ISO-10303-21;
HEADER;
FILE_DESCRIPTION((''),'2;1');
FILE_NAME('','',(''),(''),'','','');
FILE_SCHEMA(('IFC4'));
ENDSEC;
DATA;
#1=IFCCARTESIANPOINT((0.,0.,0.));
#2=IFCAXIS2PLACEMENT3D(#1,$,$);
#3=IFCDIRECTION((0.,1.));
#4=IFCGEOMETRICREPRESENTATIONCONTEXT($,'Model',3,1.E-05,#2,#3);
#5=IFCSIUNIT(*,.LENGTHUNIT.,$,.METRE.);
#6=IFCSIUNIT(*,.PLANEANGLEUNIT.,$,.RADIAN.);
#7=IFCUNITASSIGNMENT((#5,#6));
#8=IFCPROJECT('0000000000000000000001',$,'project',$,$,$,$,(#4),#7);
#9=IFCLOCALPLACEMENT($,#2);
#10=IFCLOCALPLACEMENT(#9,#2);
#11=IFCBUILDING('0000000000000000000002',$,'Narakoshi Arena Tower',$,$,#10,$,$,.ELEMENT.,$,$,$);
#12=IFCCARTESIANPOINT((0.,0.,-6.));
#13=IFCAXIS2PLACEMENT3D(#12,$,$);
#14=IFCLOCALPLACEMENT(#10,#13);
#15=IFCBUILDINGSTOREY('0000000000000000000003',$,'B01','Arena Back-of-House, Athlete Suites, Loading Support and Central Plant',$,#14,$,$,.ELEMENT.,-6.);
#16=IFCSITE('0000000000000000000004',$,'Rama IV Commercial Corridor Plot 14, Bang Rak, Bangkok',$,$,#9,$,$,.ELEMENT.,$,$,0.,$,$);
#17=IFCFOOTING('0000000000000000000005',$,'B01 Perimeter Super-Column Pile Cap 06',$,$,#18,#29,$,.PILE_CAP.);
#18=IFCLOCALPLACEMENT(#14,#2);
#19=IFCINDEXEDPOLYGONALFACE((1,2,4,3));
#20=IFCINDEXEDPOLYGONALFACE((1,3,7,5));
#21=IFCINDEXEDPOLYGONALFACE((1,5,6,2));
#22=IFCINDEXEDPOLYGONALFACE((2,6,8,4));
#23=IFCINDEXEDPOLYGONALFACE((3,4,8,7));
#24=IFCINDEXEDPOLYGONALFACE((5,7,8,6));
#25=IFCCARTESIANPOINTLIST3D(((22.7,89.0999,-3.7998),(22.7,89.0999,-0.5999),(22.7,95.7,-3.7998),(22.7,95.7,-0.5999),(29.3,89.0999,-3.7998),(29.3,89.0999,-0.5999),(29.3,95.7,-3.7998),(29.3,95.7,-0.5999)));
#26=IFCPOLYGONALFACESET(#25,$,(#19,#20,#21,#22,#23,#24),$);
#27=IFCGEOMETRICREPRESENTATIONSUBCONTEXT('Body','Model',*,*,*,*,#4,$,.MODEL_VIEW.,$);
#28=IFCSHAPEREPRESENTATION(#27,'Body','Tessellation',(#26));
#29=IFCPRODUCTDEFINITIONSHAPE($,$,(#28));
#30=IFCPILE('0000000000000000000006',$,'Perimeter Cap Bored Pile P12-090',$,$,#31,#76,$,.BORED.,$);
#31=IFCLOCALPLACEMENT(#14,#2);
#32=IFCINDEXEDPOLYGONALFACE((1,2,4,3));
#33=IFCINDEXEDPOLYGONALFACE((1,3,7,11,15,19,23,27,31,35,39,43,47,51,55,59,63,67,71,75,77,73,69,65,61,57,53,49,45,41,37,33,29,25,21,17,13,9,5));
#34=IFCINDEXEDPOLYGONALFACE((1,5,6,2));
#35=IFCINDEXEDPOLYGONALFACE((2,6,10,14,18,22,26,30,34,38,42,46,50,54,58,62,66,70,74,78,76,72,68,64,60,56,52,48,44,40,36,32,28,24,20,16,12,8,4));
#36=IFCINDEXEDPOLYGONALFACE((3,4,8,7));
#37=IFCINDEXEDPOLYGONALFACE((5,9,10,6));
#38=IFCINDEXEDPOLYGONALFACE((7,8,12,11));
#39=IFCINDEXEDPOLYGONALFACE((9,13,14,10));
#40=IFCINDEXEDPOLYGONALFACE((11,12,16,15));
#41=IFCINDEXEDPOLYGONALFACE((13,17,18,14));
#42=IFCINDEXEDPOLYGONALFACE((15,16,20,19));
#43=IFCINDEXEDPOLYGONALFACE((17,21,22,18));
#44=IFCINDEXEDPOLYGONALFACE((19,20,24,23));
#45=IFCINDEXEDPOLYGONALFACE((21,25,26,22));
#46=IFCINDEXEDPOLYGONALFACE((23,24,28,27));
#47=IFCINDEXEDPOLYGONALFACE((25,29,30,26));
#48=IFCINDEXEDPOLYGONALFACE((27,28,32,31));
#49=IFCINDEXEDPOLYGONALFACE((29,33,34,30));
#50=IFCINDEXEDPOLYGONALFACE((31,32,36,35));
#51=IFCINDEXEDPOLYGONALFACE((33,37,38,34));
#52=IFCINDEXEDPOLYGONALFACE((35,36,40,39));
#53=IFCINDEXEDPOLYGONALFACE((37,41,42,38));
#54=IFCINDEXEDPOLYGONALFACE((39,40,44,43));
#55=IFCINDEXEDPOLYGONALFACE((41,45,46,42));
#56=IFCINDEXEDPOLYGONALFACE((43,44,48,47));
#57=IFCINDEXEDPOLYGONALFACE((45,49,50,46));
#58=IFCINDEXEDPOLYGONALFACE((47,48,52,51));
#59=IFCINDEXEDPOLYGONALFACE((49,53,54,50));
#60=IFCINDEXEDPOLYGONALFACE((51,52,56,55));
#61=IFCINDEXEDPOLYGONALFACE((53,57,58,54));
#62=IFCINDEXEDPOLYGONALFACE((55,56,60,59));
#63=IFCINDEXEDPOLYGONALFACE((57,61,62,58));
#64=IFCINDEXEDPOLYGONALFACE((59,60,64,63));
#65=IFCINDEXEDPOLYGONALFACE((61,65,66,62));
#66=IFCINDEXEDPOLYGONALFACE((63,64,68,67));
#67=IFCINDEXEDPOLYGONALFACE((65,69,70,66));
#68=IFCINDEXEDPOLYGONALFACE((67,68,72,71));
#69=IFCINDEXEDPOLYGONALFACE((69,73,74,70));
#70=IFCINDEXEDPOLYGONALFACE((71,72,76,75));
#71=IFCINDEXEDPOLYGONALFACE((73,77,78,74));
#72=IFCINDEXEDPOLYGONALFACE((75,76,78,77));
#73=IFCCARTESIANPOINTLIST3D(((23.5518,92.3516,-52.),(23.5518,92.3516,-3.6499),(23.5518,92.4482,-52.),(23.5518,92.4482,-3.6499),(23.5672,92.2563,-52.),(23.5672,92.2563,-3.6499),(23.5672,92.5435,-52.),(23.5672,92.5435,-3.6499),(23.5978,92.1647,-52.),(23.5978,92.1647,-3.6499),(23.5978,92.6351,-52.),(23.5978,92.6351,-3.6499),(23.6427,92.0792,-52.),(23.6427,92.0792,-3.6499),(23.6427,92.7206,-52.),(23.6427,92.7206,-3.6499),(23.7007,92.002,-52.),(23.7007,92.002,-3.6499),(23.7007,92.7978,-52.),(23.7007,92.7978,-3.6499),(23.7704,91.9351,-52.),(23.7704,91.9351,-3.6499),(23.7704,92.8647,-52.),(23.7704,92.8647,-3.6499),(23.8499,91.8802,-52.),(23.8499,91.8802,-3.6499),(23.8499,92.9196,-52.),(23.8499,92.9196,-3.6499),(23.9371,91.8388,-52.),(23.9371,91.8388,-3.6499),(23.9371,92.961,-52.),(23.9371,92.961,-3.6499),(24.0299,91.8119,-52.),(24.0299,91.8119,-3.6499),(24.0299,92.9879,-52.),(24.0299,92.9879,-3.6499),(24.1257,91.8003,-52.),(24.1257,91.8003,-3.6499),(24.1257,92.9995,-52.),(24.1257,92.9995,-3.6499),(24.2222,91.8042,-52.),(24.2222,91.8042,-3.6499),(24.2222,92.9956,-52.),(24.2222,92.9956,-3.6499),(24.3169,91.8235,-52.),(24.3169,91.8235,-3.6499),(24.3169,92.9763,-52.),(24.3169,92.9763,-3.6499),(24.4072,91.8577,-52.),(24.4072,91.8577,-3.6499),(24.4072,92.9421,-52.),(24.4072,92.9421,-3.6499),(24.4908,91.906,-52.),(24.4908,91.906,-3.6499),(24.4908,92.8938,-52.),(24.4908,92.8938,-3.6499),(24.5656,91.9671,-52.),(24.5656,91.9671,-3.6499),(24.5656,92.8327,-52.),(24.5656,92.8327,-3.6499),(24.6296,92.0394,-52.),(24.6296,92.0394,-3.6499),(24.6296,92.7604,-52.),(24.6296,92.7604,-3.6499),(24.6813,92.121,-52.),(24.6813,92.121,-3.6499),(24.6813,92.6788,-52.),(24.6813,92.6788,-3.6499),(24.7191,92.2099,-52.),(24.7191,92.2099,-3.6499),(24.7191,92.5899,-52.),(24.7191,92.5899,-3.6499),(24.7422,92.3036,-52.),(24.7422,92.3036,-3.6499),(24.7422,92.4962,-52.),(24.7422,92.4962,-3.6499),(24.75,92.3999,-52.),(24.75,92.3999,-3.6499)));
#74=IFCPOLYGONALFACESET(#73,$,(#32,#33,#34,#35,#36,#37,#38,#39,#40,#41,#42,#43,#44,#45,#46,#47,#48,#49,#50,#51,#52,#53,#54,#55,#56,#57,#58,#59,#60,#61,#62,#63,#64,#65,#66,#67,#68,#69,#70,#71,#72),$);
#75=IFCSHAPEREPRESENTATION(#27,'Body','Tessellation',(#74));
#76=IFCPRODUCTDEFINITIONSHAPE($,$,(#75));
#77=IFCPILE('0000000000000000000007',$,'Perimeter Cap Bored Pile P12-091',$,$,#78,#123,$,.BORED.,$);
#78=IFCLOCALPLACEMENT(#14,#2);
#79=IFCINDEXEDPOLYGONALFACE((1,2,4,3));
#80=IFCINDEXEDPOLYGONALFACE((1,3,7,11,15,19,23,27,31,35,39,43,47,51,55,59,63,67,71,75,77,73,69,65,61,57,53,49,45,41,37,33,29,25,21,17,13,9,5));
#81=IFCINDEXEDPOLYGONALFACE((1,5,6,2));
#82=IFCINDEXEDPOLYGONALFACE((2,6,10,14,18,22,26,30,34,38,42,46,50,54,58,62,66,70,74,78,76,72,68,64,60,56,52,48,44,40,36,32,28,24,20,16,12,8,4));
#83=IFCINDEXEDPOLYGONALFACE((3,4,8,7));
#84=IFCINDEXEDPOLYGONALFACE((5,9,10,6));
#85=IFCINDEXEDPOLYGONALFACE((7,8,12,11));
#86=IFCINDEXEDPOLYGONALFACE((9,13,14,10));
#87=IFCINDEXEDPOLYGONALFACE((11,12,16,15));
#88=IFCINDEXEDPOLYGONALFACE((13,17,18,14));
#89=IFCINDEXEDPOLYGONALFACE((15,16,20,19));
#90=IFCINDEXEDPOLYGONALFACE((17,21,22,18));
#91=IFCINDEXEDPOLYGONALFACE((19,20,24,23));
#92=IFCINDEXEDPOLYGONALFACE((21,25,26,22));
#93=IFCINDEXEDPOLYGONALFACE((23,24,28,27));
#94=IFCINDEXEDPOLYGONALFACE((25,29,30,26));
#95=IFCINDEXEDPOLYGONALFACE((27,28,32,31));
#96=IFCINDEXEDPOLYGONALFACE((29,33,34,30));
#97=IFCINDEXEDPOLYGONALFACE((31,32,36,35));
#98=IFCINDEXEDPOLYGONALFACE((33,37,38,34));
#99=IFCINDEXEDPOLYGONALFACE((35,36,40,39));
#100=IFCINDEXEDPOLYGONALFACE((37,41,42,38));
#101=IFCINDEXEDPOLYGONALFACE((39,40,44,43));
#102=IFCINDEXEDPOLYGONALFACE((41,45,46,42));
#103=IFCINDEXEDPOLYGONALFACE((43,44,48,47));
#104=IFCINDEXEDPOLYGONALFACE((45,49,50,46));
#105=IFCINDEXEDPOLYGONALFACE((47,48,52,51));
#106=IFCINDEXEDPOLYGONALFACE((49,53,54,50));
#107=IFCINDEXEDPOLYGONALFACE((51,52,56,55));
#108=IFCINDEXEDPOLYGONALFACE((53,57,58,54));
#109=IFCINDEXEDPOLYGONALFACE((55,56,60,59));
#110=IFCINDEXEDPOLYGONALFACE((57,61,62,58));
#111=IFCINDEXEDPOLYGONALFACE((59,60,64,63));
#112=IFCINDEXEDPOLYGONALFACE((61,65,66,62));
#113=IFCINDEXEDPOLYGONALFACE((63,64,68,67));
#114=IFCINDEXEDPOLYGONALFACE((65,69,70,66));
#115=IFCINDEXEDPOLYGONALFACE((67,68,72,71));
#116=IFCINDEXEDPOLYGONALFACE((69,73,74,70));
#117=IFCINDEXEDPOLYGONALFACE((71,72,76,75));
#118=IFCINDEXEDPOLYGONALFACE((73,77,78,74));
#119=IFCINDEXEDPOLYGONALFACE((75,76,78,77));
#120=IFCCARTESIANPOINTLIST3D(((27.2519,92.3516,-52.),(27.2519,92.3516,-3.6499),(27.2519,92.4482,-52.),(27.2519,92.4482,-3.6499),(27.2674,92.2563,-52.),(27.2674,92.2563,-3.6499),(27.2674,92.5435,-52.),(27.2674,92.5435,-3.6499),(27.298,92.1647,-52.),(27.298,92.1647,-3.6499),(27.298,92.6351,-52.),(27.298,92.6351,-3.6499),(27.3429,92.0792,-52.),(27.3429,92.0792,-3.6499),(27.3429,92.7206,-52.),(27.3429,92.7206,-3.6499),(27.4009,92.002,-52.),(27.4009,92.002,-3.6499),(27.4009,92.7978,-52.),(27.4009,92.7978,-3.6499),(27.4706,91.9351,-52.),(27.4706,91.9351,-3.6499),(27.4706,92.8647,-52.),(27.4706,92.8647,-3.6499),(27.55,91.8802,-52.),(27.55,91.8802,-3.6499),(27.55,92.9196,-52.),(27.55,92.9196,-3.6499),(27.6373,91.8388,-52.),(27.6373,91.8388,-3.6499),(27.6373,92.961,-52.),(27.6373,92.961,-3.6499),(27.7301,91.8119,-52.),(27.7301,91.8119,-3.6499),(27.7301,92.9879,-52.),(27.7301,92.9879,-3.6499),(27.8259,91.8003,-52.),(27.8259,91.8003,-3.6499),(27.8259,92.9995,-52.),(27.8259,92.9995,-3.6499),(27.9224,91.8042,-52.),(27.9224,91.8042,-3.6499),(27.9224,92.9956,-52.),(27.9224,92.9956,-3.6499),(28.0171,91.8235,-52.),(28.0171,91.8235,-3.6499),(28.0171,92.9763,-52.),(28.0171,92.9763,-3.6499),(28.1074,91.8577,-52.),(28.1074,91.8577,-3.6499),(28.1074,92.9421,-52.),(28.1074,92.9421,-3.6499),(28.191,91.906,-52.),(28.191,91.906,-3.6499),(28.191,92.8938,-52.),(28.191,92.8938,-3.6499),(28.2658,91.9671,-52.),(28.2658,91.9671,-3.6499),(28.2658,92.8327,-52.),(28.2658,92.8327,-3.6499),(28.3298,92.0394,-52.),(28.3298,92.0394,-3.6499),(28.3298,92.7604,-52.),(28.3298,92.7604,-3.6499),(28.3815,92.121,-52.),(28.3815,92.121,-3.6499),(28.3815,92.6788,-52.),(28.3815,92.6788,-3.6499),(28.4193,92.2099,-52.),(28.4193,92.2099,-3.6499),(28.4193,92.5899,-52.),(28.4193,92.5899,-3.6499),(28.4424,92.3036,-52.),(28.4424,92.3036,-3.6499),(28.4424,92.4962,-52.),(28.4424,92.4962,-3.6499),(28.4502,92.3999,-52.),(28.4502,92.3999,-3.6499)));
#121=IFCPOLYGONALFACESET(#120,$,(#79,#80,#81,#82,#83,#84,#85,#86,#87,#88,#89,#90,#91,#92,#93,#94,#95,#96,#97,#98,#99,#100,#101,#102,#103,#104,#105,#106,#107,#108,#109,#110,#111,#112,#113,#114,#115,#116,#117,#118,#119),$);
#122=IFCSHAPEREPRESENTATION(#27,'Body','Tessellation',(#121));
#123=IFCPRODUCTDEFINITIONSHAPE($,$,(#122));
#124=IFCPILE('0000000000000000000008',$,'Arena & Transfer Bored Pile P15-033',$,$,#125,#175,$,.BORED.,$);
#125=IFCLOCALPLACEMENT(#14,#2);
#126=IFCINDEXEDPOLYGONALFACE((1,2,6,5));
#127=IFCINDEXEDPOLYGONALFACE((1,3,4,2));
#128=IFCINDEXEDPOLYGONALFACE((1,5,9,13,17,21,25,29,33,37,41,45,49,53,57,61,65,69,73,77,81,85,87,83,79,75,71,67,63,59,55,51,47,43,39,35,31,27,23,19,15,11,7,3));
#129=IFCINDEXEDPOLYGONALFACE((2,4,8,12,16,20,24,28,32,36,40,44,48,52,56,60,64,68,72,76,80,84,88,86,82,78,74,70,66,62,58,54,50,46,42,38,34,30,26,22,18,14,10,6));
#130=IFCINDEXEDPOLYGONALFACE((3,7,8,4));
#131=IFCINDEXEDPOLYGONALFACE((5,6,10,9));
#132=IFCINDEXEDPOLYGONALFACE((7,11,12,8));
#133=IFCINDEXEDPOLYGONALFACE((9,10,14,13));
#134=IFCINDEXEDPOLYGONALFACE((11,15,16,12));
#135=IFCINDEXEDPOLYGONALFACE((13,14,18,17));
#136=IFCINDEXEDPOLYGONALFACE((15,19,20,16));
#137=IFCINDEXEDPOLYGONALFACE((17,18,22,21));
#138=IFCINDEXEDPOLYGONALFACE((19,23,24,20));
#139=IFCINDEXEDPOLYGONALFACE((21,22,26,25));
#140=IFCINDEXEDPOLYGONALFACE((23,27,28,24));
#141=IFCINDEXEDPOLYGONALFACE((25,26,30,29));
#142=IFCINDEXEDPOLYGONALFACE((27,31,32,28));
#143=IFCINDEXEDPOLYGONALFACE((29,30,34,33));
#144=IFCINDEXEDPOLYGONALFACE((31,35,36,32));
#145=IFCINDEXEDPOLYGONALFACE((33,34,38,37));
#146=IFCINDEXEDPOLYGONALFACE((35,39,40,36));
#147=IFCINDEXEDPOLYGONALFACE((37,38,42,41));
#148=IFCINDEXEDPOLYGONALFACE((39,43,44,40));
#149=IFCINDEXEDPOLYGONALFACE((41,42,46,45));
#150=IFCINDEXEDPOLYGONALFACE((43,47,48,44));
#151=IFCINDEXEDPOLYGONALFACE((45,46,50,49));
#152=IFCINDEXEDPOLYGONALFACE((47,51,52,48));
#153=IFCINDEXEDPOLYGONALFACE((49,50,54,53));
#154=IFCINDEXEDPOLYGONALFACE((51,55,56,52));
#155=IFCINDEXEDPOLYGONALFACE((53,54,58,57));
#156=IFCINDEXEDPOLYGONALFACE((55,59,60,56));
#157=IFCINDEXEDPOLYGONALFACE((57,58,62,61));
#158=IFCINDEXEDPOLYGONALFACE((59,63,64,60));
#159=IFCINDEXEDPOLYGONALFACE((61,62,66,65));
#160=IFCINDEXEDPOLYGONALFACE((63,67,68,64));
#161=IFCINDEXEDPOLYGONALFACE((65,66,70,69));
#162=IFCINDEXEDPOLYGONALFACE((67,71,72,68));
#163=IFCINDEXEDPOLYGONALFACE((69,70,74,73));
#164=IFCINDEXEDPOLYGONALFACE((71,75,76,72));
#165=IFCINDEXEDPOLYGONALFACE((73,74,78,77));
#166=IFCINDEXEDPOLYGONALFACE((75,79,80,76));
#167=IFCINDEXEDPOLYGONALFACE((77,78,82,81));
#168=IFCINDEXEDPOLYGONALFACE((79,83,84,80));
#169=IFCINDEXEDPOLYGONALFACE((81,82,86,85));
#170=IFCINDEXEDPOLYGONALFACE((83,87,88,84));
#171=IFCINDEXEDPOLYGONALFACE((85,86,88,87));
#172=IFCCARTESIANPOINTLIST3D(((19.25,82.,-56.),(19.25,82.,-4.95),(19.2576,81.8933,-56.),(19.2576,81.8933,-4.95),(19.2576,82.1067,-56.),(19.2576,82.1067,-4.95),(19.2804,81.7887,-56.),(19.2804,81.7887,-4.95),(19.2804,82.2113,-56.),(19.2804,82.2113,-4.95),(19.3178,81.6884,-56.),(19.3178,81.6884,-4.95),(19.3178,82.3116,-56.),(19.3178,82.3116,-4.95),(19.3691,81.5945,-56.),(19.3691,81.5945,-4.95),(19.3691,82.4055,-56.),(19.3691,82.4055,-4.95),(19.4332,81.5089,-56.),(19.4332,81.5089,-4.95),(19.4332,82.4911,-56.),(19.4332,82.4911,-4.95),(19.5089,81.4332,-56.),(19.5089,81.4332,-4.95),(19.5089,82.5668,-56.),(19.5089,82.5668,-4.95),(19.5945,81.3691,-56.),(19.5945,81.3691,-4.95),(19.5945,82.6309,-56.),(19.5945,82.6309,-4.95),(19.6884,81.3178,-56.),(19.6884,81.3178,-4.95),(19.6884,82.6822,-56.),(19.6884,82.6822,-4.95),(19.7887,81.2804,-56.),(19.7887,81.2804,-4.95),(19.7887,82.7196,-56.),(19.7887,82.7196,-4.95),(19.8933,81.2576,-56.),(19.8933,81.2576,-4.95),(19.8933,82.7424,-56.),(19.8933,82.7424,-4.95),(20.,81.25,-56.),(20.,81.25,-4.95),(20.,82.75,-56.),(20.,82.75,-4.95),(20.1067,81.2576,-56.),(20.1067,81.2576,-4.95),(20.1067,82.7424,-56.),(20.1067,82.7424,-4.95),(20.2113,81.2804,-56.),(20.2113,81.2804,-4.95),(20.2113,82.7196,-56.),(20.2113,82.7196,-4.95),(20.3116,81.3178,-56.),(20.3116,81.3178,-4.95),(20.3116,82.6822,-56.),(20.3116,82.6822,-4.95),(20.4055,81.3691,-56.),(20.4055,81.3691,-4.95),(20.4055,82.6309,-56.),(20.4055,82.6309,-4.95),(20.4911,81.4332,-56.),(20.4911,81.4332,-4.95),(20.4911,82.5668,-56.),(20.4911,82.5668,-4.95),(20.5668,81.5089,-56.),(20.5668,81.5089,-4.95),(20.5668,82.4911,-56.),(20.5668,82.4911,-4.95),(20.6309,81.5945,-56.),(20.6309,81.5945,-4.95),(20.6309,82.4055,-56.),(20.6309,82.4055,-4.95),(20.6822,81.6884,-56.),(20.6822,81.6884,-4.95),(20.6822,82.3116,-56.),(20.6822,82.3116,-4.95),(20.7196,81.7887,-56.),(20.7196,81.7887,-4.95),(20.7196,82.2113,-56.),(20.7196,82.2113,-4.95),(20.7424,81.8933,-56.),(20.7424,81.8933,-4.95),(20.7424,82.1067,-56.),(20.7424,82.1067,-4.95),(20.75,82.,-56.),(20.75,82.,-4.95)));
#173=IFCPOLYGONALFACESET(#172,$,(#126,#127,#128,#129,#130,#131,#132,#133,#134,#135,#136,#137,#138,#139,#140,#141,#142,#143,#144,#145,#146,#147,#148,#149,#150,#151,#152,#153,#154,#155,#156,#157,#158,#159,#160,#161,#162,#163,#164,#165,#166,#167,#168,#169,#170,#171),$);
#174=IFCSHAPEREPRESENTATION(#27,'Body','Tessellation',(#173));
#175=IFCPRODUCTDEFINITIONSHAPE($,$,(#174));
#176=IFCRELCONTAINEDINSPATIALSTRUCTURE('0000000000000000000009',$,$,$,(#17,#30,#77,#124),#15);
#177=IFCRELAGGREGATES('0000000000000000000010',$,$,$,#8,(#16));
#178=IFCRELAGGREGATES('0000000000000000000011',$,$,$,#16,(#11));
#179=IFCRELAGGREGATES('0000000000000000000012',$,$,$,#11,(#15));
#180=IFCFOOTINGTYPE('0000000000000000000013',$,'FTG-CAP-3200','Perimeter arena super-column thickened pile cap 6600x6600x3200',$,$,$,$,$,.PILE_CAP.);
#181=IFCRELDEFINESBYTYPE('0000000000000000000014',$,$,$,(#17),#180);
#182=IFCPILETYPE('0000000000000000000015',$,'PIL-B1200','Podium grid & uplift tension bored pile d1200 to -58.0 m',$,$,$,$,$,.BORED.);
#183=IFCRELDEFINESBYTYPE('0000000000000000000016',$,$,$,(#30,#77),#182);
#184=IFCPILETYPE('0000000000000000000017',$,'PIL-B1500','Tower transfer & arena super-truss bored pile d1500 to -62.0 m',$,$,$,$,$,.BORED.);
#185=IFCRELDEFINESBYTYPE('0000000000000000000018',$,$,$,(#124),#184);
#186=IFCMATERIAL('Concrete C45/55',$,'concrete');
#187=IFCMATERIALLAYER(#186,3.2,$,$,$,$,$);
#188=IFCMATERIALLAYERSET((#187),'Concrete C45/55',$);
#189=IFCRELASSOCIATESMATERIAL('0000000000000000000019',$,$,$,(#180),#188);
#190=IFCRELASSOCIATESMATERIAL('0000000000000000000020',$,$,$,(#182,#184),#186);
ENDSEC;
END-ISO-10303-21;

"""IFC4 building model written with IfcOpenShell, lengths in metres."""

from ifc_helpers import new_model, si_unit, direction, frame, origin, origin_2d, place, context, subcontext, project, spatial, rectangle, circle, extrude, material, layer, layer_set, material_profile, profile_set, type_object, element, save


model = new_model("IFC4")

# Units and contexts
model_context = context("Model", 3, precision=1e-05, world=origin(), true_north=direction((0.0, 1.0)))
body_context = subcontext(model_context, "Body", "Model", "MODEL_VIEW")
ifc_project = project(units=[si_unit("LENGTHUNIT", "METRE"), si_unit("PLANEANGLEUNIT", "RADIAN")], contexts=[model_context])

# Site, building, storey
site_placement = place(None, origin())
site = spatial("IfcSite", under=ifc_project, at=site_placement, Name="Rama IV Commercial Corridor Plot 14, Bang Rak, Bangkok", CompositionType="ELEMENT", RefElevation=0.0)
building_placement = place(site_placement, origin())
building = spatial("IfcBuilding", under=site, at=building_placement, Name="Narakoshi Arena Tower", CompositionType="ELEMENT")
storey_placement = place(building_placement, frame((0.0, 0.0, -6.0)))
storey = spatial("IfcBuildingStorey", under=building, at=storey_placement, Name="B01", Description="Arena Back-of-House, Athlete Suites, Loading Support and Central Plant", CompositionType="ELEMENT", Elevation=-6.0)

# Footing
ifc_material_1 = material(Name="Concrete C45/55", Category="concrete")
ifc_layer_1 = layer(ifc_material_1, 3.2)
ifc_layer_set_1 = layer_set([ifc_layer_1], Name="Concrete C45/55")
footing_type = type_object("IfcFootingType", Name="FTG-CAP-3200", Description="Perimeter arena super-column thickened pile cap 6600x6600x3200", PredefinedType="PILE_CAP", material=ifc_layer_set_1)
footing_placement = place(storey_placement, frame((26.0, 92.3999, -3.7998), z_axis=(0.0, 0.0, 1.0), x_axis=(1.0, 0.0, 0.0)))
element("IfcFooting", 1, at=footing_placement, inside=storey, type_object=footing_type, Name="B01 Perimeter Super-Column Pile Cap 06", PredefinedType="PILE_CAP", context=body_context, shape_type="SweptSolid", body=[
    extrude(rectangle(XDim=6.6001, YDim=6.6001, at=origin_2d()), origin(), (0.0, 0.0, 1.0), 3.2),
])

# Piles
ifc_material_profile_1 = material_profile(ifc_material_1, circle(Radius=0.6001, at=origin_2d()), Name="PILE-D1200")
ifc_profile_set_1 = profile_set([ifc_material_profile_1], Name="Concrete C45/55")
pile_type_1 = type_object("IfcPileType", Name="PIL-B1200", Description="Podium grid & uplift tension bored pile d1200 to -58.0 m", PredefinedType="BORED", material=ifc_profile_set_1)
for number, where, z_axis, x_axis, name in (
    (2, (24.1499, 92.3999, -3.6499), (0.0, 0.0, -1.0), (1.0, 0.0, 0.0), "Perimeter Cap Bored Pile P12-090"),
    (3, (27.8501, 92.3999, -3.6499), (0.0, 0.0, -1.0), (1.0, 0.0, 0.0), "Perimeter Cap Bored Pile P12-091"),
):
    element("IfcPile", number, at=place(storey_placement, frame(where, z_axis=z_axis, x_axis=x_axis)), inside=storey, type_object=pile_type_1, Name=name, PredefinedType="BORED", context=body_context, shape_type="SweptSolid", body=[
        extrude(circle(Radius=0.6001, at=origin_2d()), origin(), (0.0, 0.0, 1.0), 48.3501),
    ])
ifc_material_profile_2 = material_profile(ifc_material_1, circle(Radius=0.75, at=origin_2d()), Name="PILE-D1500")
ifc_profile_set_2 = profile_set([ifc_material_profile_2], Name="Concrete C45/55")
pile_type_2 = type_object("IfcPileType", Name="PIL-B1500", Description="Tower transfer & arena super-truss bored pile d1500 to -62.0 m", PredefinedType="BORED", material=ifc_profile_set_2)
for number, where, z_axis, x_axis, name in (
    (4, (20.0, 82.0, -4.95), (0.0, 0.0, -1.0), (1.0, 0.0, 0.0), "Arena & Transfer Bored Pile P15-033"),
):
    element("IfcPile", number, at=place(storey_placement, frame(where, z_axis=z_axis, x_axis=x_axis)), inside=storey, type_object=pile_type_2, Name=name, PredefinedType="BORED", context=body_context, shape_type="SweptSolid", body=[
        extrude(circle(Radius=0.75, at=origin_2d()), origin(), (0.0, 0.0, 1.0), 51.05),
    ])

save(model, "model.ifc")
